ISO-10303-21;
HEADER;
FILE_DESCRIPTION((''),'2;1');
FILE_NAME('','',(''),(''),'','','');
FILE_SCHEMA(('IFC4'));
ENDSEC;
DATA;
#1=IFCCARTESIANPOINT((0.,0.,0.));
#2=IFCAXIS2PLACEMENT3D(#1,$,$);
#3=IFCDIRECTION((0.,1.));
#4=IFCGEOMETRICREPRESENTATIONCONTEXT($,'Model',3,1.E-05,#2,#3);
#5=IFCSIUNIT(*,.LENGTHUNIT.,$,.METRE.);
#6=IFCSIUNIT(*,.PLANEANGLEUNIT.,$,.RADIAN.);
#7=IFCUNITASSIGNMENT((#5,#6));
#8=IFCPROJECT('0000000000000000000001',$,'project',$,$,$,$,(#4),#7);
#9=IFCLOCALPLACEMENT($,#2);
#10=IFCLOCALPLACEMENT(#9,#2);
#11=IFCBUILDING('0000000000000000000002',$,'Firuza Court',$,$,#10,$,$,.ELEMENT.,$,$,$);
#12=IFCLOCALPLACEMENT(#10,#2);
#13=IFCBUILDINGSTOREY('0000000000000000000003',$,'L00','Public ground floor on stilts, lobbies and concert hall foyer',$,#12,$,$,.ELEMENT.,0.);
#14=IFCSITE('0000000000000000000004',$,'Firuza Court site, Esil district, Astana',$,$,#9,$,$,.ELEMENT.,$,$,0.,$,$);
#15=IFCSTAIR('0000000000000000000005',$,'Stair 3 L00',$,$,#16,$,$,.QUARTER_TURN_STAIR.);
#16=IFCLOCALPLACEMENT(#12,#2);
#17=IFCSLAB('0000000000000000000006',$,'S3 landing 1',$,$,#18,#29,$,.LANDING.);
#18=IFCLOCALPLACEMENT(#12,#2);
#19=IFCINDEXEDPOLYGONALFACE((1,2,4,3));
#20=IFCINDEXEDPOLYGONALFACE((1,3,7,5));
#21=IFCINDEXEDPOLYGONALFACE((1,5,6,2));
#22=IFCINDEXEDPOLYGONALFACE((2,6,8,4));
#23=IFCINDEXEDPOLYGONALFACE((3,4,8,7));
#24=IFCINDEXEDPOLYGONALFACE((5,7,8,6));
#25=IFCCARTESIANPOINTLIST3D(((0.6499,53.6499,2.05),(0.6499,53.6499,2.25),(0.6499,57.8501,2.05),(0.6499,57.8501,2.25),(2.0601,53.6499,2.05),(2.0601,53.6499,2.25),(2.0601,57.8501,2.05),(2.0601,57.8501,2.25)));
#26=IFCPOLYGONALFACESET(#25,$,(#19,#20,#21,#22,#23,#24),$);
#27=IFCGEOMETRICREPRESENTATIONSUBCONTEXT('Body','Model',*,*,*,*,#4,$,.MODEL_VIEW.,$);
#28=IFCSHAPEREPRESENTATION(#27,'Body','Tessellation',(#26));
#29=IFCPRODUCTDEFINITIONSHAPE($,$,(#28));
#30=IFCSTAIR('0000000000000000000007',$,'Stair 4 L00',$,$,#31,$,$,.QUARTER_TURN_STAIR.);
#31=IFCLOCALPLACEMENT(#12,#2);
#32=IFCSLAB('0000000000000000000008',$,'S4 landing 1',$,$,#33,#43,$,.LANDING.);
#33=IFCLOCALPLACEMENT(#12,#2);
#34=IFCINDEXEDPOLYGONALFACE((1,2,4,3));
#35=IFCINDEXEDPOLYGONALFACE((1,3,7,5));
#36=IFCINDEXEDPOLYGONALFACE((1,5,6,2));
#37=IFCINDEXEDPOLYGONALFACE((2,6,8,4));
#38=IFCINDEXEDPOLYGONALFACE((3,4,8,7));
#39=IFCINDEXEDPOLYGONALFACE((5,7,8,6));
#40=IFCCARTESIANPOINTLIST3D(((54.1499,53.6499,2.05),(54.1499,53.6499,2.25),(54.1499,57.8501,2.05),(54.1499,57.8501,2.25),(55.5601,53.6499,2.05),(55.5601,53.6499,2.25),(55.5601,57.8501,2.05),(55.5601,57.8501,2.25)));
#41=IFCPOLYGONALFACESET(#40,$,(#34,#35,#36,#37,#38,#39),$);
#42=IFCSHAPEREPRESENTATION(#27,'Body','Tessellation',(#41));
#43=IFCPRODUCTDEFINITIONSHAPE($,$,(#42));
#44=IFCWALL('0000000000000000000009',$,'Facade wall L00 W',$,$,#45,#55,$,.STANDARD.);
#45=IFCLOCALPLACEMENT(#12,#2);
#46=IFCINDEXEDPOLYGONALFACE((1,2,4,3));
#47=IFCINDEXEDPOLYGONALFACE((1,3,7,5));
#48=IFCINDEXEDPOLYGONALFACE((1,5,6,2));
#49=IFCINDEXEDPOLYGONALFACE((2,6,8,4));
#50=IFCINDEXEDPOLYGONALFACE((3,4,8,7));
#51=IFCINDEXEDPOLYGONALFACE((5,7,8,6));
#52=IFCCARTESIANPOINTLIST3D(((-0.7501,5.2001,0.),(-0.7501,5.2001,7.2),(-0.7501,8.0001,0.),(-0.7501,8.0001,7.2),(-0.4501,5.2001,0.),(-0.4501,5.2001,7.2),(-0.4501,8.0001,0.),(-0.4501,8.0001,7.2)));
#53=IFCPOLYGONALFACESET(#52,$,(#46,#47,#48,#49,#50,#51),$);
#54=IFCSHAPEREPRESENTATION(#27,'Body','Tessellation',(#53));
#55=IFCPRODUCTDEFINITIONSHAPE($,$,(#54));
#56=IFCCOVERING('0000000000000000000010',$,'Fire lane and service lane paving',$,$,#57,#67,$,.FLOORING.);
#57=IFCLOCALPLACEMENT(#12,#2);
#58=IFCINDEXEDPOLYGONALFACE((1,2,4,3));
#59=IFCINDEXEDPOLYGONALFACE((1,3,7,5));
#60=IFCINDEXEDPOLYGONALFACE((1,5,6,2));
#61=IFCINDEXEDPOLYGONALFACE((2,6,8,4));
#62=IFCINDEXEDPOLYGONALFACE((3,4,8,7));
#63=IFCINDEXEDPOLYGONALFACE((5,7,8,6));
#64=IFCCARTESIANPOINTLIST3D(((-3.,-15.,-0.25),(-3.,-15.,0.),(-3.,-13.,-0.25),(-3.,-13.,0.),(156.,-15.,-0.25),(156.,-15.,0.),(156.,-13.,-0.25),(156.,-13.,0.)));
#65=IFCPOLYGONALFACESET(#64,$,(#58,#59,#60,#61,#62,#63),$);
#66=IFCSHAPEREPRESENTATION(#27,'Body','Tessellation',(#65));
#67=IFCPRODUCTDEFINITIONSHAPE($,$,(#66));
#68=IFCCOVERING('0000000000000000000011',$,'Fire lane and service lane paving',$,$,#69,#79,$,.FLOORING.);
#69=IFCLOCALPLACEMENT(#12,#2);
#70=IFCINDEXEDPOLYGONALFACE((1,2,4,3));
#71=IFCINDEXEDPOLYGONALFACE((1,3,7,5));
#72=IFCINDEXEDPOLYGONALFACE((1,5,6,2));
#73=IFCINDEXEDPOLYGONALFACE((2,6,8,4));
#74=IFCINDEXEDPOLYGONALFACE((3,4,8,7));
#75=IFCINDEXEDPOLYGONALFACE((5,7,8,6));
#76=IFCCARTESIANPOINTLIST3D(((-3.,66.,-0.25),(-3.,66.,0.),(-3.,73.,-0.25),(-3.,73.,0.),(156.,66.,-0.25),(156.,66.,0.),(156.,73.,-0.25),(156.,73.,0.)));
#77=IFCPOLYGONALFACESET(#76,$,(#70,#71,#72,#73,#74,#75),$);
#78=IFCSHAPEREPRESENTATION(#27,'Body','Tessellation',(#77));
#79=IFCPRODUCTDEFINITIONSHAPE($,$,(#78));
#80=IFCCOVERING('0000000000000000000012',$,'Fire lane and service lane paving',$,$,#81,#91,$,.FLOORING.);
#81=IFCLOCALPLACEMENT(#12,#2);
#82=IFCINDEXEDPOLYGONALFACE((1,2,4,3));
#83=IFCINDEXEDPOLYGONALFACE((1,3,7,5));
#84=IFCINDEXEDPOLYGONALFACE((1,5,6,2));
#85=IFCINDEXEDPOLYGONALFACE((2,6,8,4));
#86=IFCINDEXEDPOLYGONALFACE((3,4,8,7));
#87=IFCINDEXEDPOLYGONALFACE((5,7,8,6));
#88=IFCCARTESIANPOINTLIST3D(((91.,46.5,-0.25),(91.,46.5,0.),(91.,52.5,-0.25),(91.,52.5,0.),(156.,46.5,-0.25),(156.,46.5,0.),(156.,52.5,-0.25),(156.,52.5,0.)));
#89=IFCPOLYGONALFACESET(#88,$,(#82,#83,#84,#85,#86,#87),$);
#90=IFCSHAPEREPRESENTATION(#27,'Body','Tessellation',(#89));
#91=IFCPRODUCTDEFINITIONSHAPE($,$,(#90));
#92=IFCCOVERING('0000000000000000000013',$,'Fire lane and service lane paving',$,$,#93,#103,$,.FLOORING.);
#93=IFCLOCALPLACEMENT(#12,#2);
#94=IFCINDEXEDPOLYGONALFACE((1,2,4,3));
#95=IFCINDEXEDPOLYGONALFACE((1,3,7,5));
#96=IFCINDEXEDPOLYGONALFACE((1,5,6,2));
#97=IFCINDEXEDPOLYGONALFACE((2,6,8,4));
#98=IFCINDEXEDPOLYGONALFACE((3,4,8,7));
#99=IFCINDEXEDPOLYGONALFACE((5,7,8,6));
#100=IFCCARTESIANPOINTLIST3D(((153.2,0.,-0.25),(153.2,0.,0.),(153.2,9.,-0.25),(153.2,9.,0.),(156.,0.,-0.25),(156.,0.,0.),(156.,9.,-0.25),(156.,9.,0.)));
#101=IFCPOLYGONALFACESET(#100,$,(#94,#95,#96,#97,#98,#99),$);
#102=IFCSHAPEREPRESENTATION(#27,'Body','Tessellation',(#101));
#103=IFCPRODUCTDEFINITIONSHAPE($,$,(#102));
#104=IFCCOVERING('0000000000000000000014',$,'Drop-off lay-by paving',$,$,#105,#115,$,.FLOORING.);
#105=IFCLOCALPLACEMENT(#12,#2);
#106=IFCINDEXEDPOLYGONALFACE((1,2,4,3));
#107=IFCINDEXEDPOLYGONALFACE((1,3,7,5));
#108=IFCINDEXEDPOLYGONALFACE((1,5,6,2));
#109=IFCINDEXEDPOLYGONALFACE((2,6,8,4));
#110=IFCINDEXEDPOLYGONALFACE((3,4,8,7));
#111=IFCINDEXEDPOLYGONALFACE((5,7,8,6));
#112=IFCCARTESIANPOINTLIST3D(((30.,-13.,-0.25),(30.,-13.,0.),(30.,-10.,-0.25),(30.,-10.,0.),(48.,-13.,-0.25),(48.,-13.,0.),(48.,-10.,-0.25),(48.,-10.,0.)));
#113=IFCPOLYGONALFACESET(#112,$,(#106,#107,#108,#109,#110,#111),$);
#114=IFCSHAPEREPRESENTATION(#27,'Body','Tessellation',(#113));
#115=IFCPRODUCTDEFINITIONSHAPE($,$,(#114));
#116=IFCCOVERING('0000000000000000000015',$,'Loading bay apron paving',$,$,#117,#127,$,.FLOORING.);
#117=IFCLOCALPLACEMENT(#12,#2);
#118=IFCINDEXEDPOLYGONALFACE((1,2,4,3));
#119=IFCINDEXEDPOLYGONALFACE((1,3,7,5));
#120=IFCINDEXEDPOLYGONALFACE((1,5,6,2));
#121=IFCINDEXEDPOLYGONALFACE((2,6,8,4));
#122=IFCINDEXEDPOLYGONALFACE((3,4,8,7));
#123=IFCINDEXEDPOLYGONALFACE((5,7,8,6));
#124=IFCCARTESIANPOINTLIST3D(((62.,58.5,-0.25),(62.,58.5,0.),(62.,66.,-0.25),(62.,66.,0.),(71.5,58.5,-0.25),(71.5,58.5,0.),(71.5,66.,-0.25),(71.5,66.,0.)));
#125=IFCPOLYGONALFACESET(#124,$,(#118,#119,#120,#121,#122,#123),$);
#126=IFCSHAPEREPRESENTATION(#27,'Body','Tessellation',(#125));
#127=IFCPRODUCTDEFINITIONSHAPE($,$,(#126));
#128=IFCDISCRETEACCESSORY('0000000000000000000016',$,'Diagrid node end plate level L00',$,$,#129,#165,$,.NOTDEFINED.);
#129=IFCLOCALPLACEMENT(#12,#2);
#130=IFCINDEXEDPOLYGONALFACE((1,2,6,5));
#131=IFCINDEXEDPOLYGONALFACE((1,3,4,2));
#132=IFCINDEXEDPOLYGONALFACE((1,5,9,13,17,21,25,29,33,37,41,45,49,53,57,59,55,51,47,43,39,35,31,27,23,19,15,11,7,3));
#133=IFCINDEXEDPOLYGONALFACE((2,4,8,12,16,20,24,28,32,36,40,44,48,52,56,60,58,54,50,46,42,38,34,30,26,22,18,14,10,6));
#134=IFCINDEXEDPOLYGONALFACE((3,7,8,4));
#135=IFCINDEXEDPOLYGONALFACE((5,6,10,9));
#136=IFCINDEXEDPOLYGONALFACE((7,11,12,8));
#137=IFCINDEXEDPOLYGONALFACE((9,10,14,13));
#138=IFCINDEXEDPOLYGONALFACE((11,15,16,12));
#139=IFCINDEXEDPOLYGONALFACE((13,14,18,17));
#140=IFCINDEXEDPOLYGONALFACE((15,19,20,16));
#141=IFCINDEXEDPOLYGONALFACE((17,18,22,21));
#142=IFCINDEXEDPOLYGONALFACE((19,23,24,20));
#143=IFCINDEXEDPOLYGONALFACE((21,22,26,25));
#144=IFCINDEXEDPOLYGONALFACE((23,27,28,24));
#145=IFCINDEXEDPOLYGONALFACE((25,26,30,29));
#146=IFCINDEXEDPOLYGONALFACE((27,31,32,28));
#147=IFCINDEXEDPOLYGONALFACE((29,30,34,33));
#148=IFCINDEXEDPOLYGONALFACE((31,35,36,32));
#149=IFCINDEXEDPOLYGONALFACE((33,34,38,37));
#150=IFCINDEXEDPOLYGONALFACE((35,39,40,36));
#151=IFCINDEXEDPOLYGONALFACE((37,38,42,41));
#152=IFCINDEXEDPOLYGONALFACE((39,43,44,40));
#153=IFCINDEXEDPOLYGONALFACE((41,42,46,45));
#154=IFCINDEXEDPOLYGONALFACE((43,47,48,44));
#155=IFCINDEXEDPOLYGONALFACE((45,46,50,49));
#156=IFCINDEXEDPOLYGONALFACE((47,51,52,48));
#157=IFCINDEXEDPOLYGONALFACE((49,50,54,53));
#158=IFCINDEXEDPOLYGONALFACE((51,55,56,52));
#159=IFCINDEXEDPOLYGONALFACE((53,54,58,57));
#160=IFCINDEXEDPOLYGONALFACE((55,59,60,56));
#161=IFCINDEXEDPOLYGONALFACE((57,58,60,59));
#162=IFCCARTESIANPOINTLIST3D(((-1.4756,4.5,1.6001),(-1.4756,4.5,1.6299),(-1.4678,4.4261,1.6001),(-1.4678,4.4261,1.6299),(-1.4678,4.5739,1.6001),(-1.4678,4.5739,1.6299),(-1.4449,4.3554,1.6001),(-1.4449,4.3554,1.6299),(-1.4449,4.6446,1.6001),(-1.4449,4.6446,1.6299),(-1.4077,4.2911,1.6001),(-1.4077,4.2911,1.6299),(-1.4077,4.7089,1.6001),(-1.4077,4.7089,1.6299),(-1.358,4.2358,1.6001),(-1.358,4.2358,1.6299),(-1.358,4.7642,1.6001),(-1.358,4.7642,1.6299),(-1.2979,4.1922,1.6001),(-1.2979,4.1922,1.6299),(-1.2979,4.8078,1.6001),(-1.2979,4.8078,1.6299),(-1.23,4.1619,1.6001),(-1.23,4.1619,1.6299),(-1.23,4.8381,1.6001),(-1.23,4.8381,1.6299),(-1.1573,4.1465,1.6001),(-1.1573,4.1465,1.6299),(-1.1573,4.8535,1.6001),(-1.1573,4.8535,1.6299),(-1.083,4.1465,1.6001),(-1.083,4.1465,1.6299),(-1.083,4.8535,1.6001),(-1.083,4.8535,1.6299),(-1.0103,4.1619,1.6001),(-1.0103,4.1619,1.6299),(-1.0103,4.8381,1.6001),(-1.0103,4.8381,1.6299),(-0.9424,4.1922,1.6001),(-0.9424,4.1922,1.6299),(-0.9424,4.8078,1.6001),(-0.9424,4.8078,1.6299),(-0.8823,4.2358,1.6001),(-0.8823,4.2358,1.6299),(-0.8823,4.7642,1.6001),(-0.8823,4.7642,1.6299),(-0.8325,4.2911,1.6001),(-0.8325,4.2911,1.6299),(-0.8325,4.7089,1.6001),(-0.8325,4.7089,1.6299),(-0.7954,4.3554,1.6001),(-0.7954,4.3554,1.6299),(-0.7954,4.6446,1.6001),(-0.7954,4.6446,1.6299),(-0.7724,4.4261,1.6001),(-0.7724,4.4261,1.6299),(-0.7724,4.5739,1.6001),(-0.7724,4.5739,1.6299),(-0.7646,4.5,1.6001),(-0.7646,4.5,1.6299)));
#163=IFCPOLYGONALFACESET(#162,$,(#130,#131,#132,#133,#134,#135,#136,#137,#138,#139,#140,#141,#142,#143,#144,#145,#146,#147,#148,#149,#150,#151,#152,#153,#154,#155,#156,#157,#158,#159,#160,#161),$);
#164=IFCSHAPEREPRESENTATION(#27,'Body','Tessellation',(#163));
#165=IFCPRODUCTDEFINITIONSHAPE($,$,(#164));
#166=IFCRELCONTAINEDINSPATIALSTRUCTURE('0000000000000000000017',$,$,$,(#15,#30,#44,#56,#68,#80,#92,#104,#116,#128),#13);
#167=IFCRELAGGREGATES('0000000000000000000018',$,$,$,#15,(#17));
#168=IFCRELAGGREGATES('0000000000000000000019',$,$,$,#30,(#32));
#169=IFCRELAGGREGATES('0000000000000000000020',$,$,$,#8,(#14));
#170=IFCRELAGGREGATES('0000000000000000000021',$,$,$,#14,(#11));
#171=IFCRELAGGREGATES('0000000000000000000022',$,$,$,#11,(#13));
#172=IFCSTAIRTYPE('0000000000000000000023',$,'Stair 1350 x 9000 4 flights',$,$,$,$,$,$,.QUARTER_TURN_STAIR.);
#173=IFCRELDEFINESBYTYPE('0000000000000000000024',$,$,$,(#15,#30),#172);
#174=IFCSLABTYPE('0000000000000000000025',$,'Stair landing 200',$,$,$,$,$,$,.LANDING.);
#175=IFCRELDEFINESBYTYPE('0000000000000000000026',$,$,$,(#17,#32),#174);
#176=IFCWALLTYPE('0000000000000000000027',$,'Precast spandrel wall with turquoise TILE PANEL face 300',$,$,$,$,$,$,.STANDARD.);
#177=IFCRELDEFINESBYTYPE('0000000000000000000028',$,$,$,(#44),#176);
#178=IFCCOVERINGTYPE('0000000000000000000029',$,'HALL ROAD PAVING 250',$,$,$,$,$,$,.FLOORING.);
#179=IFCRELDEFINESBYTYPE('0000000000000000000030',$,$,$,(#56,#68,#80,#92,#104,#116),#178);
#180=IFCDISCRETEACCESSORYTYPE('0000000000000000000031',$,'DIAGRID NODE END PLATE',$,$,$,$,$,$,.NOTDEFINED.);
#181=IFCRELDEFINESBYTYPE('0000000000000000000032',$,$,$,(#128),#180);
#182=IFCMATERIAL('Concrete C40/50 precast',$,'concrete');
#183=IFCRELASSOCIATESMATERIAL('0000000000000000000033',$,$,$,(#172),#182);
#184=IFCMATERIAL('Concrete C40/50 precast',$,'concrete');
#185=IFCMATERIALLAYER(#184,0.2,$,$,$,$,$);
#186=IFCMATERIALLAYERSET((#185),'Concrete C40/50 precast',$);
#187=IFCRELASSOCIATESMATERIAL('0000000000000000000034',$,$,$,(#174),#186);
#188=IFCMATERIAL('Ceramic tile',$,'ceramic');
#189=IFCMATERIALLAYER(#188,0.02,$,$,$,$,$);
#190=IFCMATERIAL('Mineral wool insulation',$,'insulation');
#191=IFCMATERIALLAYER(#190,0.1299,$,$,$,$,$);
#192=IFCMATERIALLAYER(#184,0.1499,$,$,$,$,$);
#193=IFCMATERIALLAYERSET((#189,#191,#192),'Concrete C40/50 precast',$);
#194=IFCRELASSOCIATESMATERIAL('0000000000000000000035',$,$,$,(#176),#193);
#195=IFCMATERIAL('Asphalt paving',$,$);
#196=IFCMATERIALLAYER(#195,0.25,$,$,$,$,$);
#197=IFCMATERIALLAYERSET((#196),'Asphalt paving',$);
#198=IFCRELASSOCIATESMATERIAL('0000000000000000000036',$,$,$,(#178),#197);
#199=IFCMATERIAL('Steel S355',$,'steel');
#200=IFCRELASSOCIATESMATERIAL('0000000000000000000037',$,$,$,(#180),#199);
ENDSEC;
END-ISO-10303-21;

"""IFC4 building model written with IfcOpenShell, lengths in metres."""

from ifc_helpers import new_model, si_unit, direction, frame, frame_2d, origin, origin_2d, place, context, subcontext, project, spatial, polyline, rectangle, circle, outline, extrude, material, layer, layer_set, material_profile, profile_set, type_object, element, aggregate, save


model = new_model("IFC4")

# Units and contexts
model_context = context("Model", 3, precision=1e-05, world=origin(), true_north=direction((0.0, 1.0)))
body_context = subcontext(model_context, "Body", "Model", "MODEL_VIEW")
ifc_project = project(units=[si_unit("LENGTHUNIT", "METRE"), si_unit("PLANEANGLEUNIT", "RADIAN")], contexts=[model_context])

# Site, building, storey
site_placement = place(None, origin())
site = spatial("IfcSite", under=ifc_project, at=site_placement, Name="Firuza Court site, Esil district, Astana", CompositionType="ELEMENT", RefElevation=0.0)
building_placement = place(site_placement, origin())
building = spatial("IfcBuilding", under=site, at=building_placement, Name="Firuza Court", CompositionType="ELEMENT")
storey_placement = place(building_placement, origin())
storey = spatial("IfcBuildingStorey", under=building, at=storey_placement, Name="L00", Description="Public ground floor on stilts, lobbies and concert hall foyer", CompositionType="ELEMENT", Elevation=0.0)

# Stairs, slabs
ifc_material_1 = material(Name="Concrete C40/50 precast", Category="concrete")
stair_type = type_object("IfcStairType", Name="Stair 1350 x 9000 4 flights", PredefinedType="QUARTER_TURN_STAIR", material=ifc_material_1)
ifc_material_2 = material(Name="Concrete C40/50 precast", Category="concrete")
ifc_layer_1 = layer(ifc_material_2, 0.2)
ifc_layer_set_1 = layer_set([ifc_layer_1], Name="Concrete C40/50 precast")
slab_type_1 = type_object("IfcSlabType", Name="Stair landing 200", PredefinedType="LANDING", material=ifc_layer_set_1)
stair_1_placement = place(storey_placement, origin())
stair_1 = element("IfcStair", 1, at=stair_1_placement, inside=storey, type_object=stair_type, Name="Stair 3 L00", PredefinedType="QUARTER_TURN_STAIR")
slab_1_placement = place(storey_placement, frame((0.0, 0.0, 2.05)))
slab_1 = element("IfcSlab", 2, at=slab_1_placement, type_object=slab_type_1, Name="S3 landing 1", PredefinedType="LANDING", context=body_context, shape_type="SweptSolid", body=[
    extrude(outline(polyline([(2.0601, 53.6499), (2.0601, 57.8501), (0.6499, 57.8501), (0.6499, 53.6499), (2.0601, 53.6499)])), origin(), (0.0, 0.0, 1.0), 0.2),
])
aggregate(stair_1, [slab_1])
stair_2_placement = place(storey_placement, origin())
stair_2 = element("IfcStair", 3, at=stair_2_placement, inside=storey, type_object=stair_type, Name="Stair 4 L00", PredefinedType="QUARTER_TURN_STAIR")
slab_2_placement = place(storey_placement, frame((0.0, 0.0, 2.05)))
slab_2 = element("IfcSlab", 4, at=slab_2_placement, type_object=slab_type_1, Name="S4 landing 1", PredefinedType="LANDING", context=body_context, shape_type="SweptSolid", body=[
    extrude(outline(polyline([(55.5601, 53.6499), (55.5601, 57.8501), (54.1499, 57.8501), (54.1499, 53.6499), (55.5601, 53.6499)])), origin(), (0.0, 0.0, 1.0), 0.2),
])
aggregate(stair_2, [slab_2])

# Wall
ifc_material_3 = material(Name="Ceramic tile", Category="ceramic")
ifc_layer_2 = layer(ifc_material_3, 0.02)
ifc_material_4 = material(Name="Mineral wool insulation", Category="insulation")
ifc_layer_3 = layer(ifc_material_4, 0.1299)
ifc_layer_4 = layer(ifc_material_2, 0.1499)
ifc_layer_set_2 = layer_set([ifc_layer_2, ifc_layer_3, ifc_layer_4], Name="Concrete C40/50 precast")
wall_type = type_object("IfcWallType", Name="Precast spandrel wall with turquoise TILE PANEL face 300", PredefinedType="STANDARD", material=ifc_layer_set_2)
wall_placement = place(storey_placement, frame((-0.6001, 8.0, 0.0), z_axis=(0.0, 0.0, 1.0), x_axis=(0.0, -1.0, 0.0)))
element("IfcWall", 5, at=wall_placement, inside=storey, type_object=wall_type, Name="Facade wall L00 W", PredefinedType="STANDARD", context=body_context, shape_type="SweptSolid", body=[
    extrude(rectangle(XDim=2.8, YDim=0.3, at=frame_2d((1.3999, 0.0))), origin(), (0.0, 0.0, 1.0), 7.2),
])

# Coverings
ifc_material_5 = material(Name="Asphalt paving")
ifc_layer_5 = layer(ifc_material_5, 0.25)
ifc_layer_set_3 = layer_set([ifc_layer_5], Name="Asphalt paving")
covering_type = type_object("IfcCoveringType", Name="HALL ROAD PAVING 250", PredefinedType="FLOORING", material=ifc_layer_set_3)
covering_1_placement = place(storey_placement, frame((0.0, 0.0, -0.25)))
element("IfcCovering", 6, at=covering_1_placement, inside=storey, type_object=covering_type, Name="Fire lane and service lane paving", PredefinedType="FLOORING", context=body_context, shape_type="SweptSolid", body=[
    extrude(outline(polyline([(156.0, -13.0), (156.0, -15.0), (-3.0, -15.0), (-3.0, -13.0), (156.0, -13.0)])), origin(), (0.0, 0.0, 1.0), 0.25),
])
covering_2_placement = place(storey_placement, frame((0.0, 0.0, -0.25)))
element("IfcCovering", 7, at=covering_2_placement, inside=storey, type_object=covering_type, Name="Fire lane and service lane paving", PredefinedType="FLOORING", context=body_context, shape_type="SweptSolid", body=[
    extrude(outline(polyline([(-3.0, 73.0), (156.0, 73.0), (156.0, 66.0), (-3.0, 66.0), (-3.0, 73.0)])), origin(), (0.0, 0.0, 1.0), 0.25),
])
covering_3_placement = place(storey_placement, frame((0.0, 0.0, -0.25)))
element("IfcCovering", 8, at=covering_3_placement, inside=storey, type_object=covering_type, Name="Fire lane and service lane paving", PredefinedType="FLOORING", context=body_context, shape_type="SweptSolid", body=[
    extrude(outline(polyline([(91.0, 52.5), (156.0, 52.5), (156.0, 46.5), (91.0, 46.5), (91.0, 52.5)])), origin(), (0.0, 0.0, 1.0), 0.25),
])
covering_4_placement = place(storey_placement, frame((0.0, 0.0, -0.25)))
element("IfcCovering", 9, at=covering_4_placement, inside=storey, type_object=covering_type, Name="Fire lane and service lane paving", PredefinedType="FLOORING", context=body_context, shape_type="SweptSolid", body=[
    extrude(outline(polyline([(153.2, 9.0), (156.0, 9.0), (156.0, 0.0), (153.2, 0.0), (153.2, 9.0)])), origin(), (0.0, 0.0, 1.0), 0.25),
])
covering_5_placement = place(storey_placement, frame((0.0, 0.0, -0.25)))
element("IfcCovering", 10, at=covering_5_placement, inside=storey, type_object=covering_type, Name="Drop-off lay-by paving", PredefinedType="FLOORING", context=body_context, shape_type="SweptSolid", body=[
    extrude(outline(polyline([(30.0, -10.0), (48.0, -10.0), (48.0, -13.0), (30.0, -13.0), (30.0, -10.0)])), origin(), (0.0, 0.0, 1.0), 0.25),
])
covering_6_placement = place(storey_placement, frame((0.0, 0.0, -0.25)))
element("IfcCovering", 11, at=covering_6_placement, inside=storey, type_object=covering_type, Name="Loading bay apron paving", PredefinedType="FLOORING", context=body_context, shape_type="SweptSolid", body=[
    extrude(outline(polyline([(62.0, 66.0), (71.5, 66.0), (71.5, 58.5), (62.0, 58.5), (62.0, 66.0)])), origin(), (0.0, 0.0, 1.0), 0.25),
])

# Discrete accessory
ifc_material_6 = material(Name="Steel S355", Category="steel")
ifc_material_profile_1 = material_profile(ifc_material_6, circle(Radius=0.3555, at=origin_2d()), Name="PL D711")
ifc_profile_set_1 = profile_set([ifc_material_profile_1], Name="Steel S355")
discrete_accessory_type = type_object("IfcDiscreteAccessoryType", Name="DIAGRID NODE END PLATE", PredefinedType="NOTDEFINED", material=ifc_profile_set_1)
discrete_accessory_placement = place(storey_placement, frame((-1.1201, 4.5, 1.6001), z_axis=(0.0, 0.0, 1.0), x_axis=(1.0, 0.0, 0.0)))
element("IfcDiscreteAccessory", 12, at=discrete_accessory_placement, inside=storey, type_object=discrete_accessory_type, Name="Diagrid node end plate level L00", PredefinedType="NOTDEFINED", context=body_context, shape_type="SweptSolid", body=[
    extrude(circle(Radius=0.3555, at=origin_2d()), origin(), (0.0, 0.0, 1.0), 0.0298),
])

save(model, "model.ifc")
